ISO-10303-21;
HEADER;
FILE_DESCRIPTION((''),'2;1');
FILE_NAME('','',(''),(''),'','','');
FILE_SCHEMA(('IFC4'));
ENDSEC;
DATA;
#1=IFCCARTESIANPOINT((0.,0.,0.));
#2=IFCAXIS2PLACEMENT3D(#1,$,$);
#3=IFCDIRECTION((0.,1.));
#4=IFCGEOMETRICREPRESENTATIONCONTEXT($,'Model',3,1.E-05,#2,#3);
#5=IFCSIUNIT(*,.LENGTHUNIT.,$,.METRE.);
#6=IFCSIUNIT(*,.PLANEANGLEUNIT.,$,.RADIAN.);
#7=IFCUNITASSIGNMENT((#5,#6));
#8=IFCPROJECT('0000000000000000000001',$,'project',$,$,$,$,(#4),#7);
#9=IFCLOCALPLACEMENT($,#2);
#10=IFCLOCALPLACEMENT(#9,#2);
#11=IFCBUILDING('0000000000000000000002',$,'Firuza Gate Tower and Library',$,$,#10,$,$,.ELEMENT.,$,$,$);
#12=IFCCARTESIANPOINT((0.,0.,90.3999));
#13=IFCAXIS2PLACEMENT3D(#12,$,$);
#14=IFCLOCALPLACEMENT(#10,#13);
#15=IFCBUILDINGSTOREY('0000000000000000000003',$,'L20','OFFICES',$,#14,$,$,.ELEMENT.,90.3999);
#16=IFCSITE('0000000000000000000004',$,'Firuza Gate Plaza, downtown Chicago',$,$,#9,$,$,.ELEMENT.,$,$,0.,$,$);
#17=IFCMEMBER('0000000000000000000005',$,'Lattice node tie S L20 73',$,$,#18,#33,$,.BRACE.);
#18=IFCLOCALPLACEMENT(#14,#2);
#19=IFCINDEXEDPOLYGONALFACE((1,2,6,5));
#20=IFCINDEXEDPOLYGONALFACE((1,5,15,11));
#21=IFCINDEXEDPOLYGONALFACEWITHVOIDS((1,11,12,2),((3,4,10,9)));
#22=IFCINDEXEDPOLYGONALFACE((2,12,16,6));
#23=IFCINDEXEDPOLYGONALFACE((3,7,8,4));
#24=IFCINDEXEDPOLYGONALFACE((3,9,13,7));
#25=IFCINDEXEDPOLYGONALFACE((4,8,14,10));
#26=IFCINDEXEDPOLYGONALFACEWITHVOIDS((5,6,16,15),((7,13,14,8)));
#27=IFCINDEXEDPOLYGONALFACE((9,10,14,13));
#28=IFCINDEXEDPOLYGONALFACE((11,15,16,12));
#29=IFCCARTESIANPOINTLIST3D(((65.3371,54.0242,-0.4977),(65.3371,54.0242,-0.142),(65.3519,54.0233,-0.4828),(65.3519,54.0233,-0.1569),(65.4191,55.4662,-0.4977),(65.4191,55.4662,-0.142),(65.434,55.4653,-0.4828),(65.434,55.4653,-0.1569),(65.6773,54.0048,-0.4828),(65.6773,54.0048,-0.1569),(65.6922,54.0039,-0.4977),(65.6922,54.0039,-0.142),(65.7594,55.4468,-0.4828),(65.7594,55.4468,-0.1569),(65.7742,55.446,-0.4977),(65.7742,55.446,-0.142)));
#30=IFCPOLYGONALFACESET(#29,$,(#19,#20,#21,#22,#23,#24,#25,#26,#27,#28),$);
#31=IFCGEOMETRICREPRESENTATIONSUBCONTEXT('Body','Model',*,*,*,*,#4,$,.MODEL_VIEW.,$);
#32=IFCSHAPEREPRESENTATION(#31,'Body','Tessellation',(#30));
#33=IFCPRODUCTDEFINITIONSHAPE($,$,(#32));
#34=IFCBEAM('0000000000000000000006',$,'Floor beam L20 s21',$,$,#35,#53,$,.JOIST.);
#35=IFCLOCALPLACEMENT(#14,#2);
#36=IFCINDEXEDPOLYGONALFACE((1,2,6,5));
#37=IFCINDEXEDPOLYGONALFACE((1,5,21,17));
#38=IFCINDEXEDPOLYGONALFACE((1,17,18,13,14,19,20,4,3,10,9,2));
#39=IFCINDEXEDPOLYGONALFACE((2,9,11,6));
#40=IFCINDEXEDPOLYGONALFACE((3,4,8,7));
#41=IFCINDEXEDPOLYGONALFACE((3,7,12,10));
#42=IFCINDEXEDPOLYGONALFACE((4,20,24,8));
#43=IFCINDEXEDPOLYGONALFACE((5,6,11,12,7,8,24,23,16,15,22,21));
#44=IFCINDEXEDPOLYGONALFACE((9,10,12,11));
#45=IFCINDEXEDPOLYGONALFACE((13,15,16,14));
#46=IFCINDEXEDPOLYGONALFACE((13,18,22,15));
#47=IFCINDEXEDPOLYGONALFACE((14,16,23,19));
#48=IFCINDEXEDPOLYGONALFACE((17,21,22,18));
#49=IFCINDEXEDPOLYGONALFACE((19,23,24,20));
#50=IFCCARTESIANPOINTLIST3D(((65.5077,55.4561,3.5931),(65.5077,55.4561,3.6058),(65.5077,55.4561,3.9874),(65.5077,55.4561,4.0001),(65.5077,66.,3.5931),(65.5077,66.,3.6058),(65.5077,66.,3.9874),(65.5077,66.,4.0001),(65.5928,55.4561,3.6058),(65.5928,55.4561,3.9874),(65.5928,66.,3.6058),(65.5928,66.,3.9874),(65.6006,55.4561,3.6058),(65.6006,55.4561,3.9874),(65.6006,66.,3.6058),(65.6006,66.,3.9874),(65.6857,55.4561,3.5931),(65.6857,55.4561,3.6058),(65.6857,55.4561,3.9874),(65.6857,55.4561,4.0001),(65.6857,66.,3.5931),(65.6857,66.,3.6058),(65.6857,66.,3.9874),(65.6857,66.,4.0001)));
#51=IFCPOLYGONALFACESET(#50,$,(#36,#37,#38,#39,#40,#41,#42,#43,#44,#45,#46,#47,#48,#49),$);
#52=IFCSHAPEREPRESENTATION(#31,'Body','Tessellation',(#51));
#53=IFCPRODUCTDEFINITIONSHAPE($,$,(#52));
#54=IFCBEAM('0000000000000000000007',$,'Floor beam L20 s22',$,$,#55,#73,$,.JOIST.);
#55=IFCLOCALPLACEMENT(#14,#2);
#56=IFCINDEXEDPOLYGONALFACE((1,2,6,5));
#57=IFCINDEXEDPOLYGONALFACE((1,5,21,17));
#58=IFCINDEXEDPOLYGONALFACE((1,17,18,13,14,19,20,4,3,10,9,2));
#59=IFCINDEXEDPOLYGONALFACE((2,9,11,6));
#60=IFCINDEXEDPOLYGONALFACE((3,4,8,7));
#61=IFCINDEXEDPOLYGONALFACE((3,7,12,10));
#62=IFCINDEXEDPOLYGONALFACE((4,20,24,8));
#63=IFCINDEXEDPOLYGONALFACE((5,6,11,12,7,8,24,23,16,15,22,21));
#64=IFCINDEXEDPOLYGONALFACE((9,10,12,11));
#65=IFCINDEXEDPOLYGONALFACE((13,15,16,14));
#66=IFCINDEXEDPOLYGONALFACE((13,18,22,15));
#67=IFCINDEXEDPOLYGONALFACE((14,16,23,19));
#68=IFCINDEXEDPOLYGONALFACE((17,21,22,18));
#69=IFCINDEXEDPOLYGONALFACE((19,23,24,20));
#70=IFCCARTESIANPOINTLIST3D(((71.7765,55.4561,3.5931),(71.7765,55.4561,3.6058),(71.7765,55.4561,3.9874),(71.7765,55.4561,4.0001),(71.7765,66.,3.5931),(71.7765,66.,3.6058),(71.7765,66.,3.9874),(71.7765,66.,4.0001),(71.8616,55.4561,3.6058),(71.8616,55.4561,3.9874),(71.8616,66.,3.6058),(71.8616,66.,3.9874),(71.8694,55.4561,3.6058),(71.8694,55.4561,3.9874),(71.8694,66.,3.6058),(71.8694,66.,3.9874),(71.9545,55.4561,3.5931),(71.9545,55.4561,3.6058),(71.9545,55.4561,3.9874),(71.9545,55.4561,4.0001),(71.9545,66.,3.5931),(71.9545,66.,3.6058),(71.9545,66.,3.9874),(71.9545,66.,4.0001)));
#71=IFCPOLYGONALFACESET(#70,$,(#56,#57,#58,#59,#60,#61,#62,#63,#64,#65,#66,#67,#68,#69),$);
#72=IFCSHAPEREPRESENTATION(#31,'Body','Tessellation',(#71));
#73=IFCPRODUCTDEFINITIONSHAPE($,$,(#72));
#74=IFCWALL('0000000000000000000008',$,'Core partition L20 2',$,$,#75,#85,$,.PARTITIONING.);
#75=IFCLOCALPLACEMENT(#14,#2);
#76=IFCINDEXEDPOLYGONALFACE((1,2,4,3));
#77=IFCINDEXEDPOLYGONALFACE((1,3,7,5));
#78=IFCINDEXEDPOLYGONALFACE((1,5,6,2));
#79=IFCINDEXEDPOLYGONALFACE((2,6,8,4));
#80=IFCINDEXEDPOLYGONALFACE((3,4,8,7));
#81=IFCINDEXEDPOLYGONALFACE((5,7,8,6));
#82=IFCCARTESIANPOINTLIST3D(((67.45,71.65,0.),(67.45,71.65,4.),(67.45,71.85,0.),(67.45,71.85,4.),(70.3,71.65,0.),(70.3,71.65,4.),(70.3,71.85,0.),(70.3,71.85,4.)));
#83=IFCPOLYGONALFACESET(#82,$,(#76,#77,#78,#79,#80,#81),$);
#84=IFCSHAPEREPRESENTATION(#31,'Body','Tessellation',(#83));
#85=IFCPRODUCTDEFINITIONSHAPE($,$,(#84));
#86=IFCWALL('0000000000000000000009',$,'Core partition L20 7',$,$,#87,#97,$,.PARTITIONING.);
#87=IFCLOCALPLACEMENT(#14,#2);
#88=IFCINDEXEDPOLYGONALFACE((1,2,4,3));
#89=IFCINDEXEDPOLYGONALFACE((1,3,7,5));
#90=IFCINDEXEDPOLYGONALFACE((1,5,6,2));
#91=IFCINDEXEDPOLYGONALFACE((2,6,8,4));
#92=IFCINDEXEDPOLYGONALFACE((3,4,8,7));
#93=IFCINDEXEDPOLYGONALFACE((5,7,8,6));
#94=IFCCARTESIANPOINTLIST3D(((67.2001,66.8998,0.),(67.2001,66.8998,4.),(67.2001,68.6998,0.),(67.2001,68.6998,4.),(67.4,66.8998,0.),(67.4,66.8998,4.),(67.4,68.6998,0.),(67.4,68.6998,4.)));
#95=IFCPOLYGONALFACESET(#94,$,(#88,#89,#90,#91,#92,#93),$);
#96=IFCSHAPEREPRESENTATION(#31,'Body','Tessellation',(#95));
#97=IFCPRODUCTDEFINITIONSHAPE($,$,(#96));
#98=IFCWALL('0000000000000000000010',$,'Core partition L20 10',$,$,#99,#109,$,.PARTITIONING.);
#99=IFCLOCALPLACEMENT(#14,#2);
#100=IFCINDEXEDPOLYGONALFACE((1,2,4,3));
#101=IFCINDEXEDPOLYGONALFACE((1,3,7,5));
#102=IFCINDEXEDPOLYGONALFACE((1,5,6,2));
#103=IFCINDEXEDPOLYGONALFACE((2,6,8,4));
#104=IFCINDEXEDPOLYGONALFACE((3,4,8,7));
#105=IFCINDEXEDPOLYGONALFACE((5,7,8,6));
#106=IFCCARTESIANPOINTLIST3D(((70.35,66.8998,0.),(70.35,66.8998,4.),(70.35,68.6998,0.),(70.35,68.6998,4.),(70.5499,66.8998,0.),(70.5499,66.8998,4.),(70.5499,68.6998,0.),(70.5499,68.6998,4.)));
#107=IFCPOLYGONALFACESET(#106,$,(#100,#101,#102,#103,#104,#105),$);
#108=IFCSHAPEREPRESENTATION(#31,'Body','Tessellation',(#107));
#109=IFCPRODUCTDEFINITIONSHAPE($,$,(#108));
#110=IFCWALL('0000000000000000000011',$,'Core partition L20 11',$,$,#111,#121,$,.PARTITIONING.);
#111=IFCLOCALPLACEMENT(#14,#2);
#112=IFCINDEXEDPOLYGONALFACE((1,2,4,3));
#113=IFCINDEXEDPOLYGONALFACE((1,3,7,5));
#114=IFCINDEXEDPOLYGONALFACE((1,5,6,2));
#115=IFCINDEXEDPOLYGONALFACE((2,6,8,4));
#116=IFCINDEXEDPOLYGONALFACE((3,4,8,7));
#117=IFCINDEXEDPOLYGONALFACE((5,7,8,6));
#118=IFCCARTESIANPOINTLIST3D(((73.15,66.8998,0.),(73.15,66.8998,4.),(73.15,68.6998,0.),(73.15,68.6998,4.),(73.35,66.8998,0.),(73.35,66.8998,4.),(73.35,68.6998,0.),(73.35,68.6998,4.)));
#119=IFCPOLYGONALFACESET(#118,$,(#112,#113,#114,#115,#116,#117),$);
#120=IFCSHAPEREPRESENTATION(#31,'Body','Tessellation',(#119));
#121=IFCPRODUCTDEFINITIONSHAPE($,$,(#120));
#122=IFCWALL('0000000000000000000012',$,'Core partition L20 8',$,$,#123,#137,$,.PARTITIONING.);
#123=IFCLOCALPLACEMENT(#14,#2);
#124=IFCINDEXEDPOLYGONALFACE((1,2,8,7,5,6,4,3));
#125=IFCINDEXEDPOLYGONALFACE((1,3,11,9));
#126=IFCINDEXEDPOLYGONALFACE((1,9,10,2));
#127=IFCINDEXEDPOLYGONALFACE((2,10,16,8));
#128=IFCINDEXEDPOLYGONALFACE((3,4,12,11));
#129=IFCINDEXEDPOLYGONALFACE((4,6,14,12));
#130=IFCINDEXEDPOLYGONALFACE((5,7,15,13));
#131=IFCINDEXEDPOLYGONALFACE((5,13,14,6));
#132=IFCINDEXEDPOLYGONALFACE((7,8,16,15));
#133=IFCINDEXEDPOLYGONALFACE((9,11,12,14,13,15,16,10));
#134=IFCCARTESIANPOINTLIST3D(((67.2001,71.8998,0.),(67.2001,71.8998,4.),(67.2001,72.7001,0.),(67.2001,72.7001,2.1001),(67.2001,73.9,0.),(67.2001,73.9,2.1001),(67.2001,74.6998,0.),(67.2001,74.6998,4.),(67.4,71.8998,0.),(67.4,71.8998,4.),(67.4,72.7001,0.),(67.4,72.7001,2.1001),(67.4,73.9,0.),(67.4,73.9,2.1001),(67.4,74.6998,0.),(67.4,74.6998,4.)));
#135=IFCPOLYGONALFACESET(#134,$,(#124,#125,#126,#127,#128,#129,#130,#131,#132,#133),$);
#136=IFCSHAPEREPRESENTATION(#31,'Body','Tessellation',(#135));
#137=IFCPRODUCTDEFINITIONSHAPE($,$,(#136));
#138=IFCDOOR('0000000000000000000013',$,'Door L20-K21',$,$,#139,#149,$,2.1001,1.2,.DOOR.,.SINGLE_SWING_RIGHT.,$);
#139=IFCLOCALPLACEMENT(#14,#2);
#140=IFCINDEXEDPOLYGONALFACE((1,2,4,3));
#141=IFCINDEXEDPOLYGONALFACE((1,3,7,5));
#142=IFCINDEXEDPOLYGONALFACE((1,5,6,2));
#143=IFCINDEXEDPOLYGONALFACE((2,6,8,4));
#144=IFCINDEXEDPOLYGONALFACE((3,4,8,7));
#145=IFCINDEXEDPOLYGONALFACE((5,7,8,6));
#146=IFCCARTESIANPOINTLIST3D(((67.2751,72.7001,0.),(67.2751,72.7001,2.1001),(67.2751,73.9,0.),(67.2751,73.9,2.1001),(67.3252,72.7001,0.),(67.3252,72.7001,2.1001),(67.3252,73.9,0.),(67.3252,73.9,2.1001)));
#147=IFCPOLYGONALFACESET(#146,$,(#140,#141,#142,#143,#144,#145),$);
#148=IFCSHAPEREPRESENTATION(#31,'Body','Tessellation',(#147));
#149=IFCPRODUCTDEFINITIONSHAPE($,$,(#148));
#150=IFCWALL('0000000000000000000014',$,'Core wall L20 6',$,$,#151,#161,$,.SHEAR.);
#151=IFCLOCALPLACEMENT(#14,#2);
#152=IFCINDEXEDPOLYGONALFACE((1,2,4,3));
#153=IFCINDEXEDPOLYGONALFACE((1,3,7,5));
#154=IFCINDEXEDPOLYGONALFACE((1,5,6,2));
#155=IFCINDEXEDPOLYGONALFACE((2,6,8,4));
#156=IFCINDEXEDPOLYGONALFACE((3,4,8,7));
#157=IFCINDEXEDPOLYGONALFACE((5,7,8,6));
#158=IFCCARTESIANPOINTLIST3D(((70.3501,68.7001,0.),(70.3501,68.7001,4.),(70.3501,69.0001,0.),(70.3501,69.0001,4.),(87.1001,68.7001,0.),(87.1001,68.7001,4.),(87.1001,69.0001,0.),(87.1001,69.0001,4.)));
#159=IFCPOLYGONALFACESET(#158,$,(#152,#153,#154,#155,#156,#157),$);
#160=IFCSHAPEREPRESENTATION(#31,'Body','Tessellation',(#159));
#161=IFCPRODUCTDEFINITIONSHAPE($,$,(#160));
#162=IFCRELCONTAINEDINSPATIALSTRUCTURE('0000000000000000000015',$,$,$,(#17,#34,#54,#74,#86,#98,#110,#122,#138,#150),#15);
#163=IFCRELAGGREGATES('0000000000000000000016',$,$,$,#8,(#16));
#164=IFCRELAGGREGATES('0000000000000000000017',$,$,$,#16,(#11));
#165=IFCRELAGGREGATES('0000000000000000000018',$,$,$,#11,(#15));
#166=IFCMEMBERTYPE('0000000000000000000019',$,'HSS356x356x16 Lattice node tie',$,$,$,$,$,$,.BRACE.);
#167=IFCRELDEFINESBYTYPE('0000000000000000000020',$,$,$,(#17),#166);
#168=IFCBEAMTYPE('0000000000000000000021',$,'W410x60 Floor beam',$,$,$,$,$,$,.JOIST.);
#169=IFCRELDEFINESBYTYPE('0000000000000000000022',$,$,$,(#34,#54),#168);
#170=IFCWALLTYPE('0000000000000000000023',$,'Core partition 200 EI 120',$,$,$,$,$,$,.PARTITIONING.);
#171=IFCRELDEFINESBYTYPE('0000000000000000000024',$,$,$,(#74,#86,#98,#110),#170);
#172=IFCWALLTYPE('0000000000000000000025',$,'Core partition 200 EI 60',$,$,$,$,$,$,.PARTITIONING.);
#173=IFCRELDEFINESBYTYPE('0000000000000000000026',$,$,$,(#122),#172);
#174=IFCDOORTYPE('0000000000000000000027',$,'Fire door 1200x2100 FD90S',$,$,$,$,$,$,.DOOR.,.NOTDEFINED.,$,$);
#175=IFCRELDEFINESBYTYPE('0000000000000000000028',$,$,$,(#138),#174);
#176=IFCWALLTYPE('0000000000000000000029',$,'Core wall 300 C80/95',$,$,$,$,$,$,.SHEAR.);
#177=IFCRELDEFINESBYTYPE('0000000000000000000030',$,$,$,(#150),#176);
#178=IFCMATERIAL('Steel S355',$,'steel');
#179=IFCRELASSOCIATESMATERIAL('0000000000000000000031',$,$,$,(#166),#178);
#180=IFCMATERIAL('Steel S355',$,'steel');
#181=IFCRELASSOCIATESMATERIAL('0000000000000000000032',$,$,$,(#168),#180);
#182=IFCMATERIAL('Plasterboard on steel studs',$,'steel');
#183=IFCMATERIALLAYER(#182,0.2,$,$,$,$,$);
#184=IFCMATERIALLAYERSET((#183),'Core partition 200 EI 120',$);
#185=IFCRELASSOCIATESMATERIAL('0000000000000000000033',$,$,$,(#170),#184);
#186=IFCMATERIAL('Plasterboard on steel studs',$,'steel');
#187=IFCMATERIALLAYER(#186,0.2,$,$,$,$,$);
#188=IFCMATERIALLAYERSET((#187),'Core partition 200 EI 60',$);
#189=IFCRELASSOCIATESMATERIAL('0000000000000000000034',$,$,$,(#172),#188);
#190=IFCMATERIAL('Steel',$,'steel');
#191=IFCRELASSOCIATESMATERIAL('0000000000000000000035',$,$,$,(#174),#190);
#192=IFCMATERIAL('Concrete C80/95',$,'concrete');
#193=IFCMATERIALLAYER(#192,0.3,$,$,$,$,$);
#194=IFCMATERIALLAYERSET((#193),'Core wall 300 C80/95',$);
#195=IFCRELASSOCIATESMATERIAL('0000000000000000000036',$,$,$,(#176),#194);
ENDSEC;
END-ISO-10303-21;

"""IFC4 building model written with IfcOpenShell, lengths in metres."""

from ifc_helpers import new_model, si_unit, direction, frame, frame_2d, origin, origin_2d, place, context, subcontext, project, spatial, rectangle, hollow_rectangle, i_section, extrude, material, layer, layer_set, material_profile, profile_set, type_object, element, fill, save


model = new_model("IFC4")

# Units and contexts
model_context = context("Model", 3, precision=1e-05, world=origin(), true_north=direction((0.0, 1.0)))
body_context = subcontext(model_context, "Body", "Model", "MODEL_VIEW")
ifc_project = project(units=[si_unit("LENGTHUNIT", "METRE"), si_unit("PLANEANGLEUNIT", "RADIAN")], contexts=[model_context])

# Site, building, storey
site_placement = place(None, origin())
site = spatial("IfcSite", under=ifc_project, at=site_placement, Name="Firuza Gate Plaza, downtown Chicago", CompositionType="ELEMENT", RefElevation=0.0)
building_placement = place(site_placement, origin())
building = spatial("IfcBuilding", under=site, at=building_placement, Name="Firuza Gate Tower and Library", CompositionType="ELEMENT")
storey_placement = place(building_placement, frame((0.0, 0.0, 90.3999)))
storey = spatial("IfcBuildingStorey", under=building, at=storey_placement, Name="L20", Description="OFFICES", CompositionType="ELEMENT", Elevation=90.3999)

# Member
ifc_material_1 = material(Name="Steel S355", Category="steel")
ifc_material_profile_1 = material_profile(ifc_material_1, hollow_rectangle(XDim=0.3557, YDim=0.3557, WallThickness=0.0149, at=origin_2d()))
ifc_profile_set_1 = profile_set([ifc_material_profile_1], Name="Steel S355")
member_type = type_object("IfcMemberType", Name="HSS356x356x16 Lattice node tie", PredefinedType="BRACE", material=ifc_profile_set_1)
member_placement = place(storey_placement, frame((65.5967, 55.4561, -0.3198), z_axis=(-0.056799, -0.998386, 0.0), x_axis=(0.998386, -0.056799, 0.0)))
element("IfcMember", 1, at=member_placement, inside=storey, type_object=member_type, Name="Lattice node tie S L20 73", PredefinedType="BRACE", context=body_context, shape_type="SweptSolid", body=[
    extrude(hollow_rectangle(XDim=0.3557, YDim=0.3557, WallThickness=0.0149, at=origin_2d()), origin(), (0.0, 0.0, 1.0), 1.4443),
])

# Beams
ifc_material_2 = material(Name="Steel S355", Category="steel")
ifc_material_profile_2 = material_profile(ifc_material_2, i_section(OverallWidth=0.178, OverallDepth=0.407, WebThickness=0.0078, FlangeThickness=0.0127, at=origin_2d()))
ifc_profile_set_2 = profile_set([ifc_material_profile_2], Name="Steel S355")
beam_type = type_object("IfcBeamType", Name="W410x60 Floor beam", PredefinedType="JOIST", material=ifc_profile_set_2)
for number, where, z_axis, x_axis, name in (
    (2, (65.5967, 55.4561, 3.7966), (0.0, 1.0, 0.0), (-1.0, 0.0, 0.0), "Floor beam L20 s21"),
    (3, (71.8655, 55.4561, 3.7966), (0.0, 1.0, 0.0), (-1.0, 0.0, 0.0), "Floor beam L20 s22"),
):
    element("IfcBeam", number, at=place(storey_placement, frame(where, z_axis=z_axis, x_axis=x_axis)), inside=storey, type_object=beam_type, Name=name, PredefinedType="JOIST", context=body_context, shape_type="SweptSolid", body=[
        extrude(i_section(OverallWidth=0.178, OverallDepth=0.407, WebThickness=0.0078, FlangeThickness=0.0127, at=origin_2d()), origin(), (0.0, 0.0, 1.0), 10.5439),
    ])

# Walls
ifc_material_3 = material(Name="Plasterboard on steel studs", Category="steel")
ifc_layer_1 = layer(ifc_material_3, 0.2)
ifc_layer_set_1 = layer_set([ifc_layer_1], Name="Core partition 200 EI 120")
wall_type_1 = type_object("IfcWallType", Name="Core partition 200 EI 120", PredefinedType="PARTITIONING", material=ifc_layer_set_1)
wall_1_placement = place(storey_placement, frame((67.45, 71.75, 0.0), z_axis=(0.0, 0.0, 1.0), x_axis=(1.0, 0.0, 0.0)))
element("IfcWall", 4, at=wall_1_placement, inside=storey, type_object=wall_type_1, Name="Core partition L20 2", PredefinedType="PARTITIONING", context=body_context, shape_type="SweptSolid", body=[
    extrude(rectangle(XDim=2.8501, YDim=0.2, at=frame_2d((1.425, 0.0))), origin(), (0.0, 0.0, 1.0), 4.0),
])
for number, where, z_axis, x_axis, name in (
    (5, (67.3, 66.8999, 0.0), (0.0, 0.0, 1.0), (0.0, 1.0, 0.0), "Core partition L20 7"),
    (6, (70.45, 66.8999, 0.0), (0.0, 0.0, 1.0), (0.0, 1.0, 0.0), "Core partition L20 10"),
    (7, (73.25, 66.8999, 0.0), (0.0, 0.0, 1.0), (0.0, 1.0, 0.0), "Core partition L20 11"),
):
    element("IfcWall", number, at=place(storey_placement, frame(where, z_axis=z_axis, x_axis=x_axis)), inside=storey, type_object=wall_type_1, Name=name, PredefinedType="PARTITIONING", context=body_context, shape_type="SweptSolid", body=[
        extrude(rectangle(XDim=1.8, YDim=0.2, at=frame_2d((0.8999, 0.0))), origin(), (0.0, 0.0, 1.0), 4.0),
    ])

# Wall, opening, door
ifc_material_4 = material(Name="Plasterboard on steel studs", Category="steel")
ifc_layer_2 = layer(ifc_material_4, 0.2)
ifc_layer_set_2 = layer_set([ifc_layer_2], Name="Core partition 200 EI 60")
wall_type_2 = type_object("IfcWallType", Name="Core partition 200 EI 60", PredefinedType="PARTITIONING", material=ifc_layer_set_2)
wall_2_placement = place(storey_placement, frame((67.3, 71.8999, 0.0), z_axis=(0.0, 0.0, 1.0), x_axis=(0.0, 1.0, 0.0)))
wall_2 = element("IfcWall", 8, at=wall_2_placement, inside=storey, type_object=wall_type_2, Name="Core partition L20 8", PredefinedType="PARTITIONING", context=body_context, shape_type="SweptSolid", body=[
    extrude(rectangle(XDim=2.8, YDim=0.2, at=frame_2d((1.3999, 0.0))), origin(), (0.0, 0.0, 1.0), 4.0),
])
opening_1_placement = place(wall_2_placement, frame((0.8, 0.0, 0.0)))
opening_1 = element("IfcOpeningElement", 9, at=opening_1_placement, cuts=wall_2, PredefinedType="OPENING", context=body_context, shape_type="SweptSolid", body=[
    extrude(rectangle(XDim=1.2, YDim=2.1001, at=frame_2d((0.6001, 1.05))), frame((0.0, 0.1099, 0.0), z_axis=(0.0, -1.0, 0.0), x_axis=(1.0, 0.0, 0.0)), (0.0, 0.0, 1.0), 0.22),
])
ifc_material_5 = material(Name="Steel", Category="steel")
door_type_1 = type_object("IfcDoorType", Name="Fire door 1200x2100 FD90S", OperationType="NOTDEFINED", PredefinedType="DOOR", material=ifc_material_5)
door_1_placement = place(opening_1_placement, origin())
door_1 = element("IfcDoor", 10, at=door_1_placement, inside=storey, type_object=door_type_1, Name="Door L20-K21", OperationType="SINGLE_SWING_RIGHT", OverallHeight=2.1001, OverallWidth=1.2, PredefinedType="DOOR", context=body_context, shape_type="SweptSolid", body=[
    extrude(rectangle(XDim=1.2, YDim=2.1001, at=frame_2d((0.6001, 1.05))), frame((0.0, 0.0249, 0.0), z_axis=(0.0, -1.0, 0.0), x_axis=(1.0, 0.0, 0.0)), (0.0, 0.0, 1.0), 0.05),
])
fill(opening_1, door_1)

# Wall
ifc_material_6 = material(Name="Concrete C80/95", Category="concrete")
ifc_layer_3 = layer(ifc_material_6, 0.3)
ifc_layer_set_3 = layer_set([ifc_layer_3], Name="Core wall 300 C80/95")
wall_type_3 = type_object("IfcWallType", Name="Core wall 300 C80/95", PredefinedType="SHEAR", material=ifc_layer_set_3)
wall_3_placement = place(storey_placement, frame((70.3501, 68.8501, 0.0), z_axis=(0.0, 0.0, 1.0), x_axis=(1.0, 0.0, 0.0)))
element("IfcWall", 11, at=wall_3_placement, inside=storey, type_object=wall_type_3, Name="Core wall L20 6", PredefinedType="SHEAR", context=body_context, shape_type="SweptSolid", body=[
    extrude(rectangle(XDim=16.75, YDim=0.3, at=frame_2d((8.375, 0.0))), origin(), (0.0, 0.0, 1.0), 4.0),
])

save(model, "model.ifc")
